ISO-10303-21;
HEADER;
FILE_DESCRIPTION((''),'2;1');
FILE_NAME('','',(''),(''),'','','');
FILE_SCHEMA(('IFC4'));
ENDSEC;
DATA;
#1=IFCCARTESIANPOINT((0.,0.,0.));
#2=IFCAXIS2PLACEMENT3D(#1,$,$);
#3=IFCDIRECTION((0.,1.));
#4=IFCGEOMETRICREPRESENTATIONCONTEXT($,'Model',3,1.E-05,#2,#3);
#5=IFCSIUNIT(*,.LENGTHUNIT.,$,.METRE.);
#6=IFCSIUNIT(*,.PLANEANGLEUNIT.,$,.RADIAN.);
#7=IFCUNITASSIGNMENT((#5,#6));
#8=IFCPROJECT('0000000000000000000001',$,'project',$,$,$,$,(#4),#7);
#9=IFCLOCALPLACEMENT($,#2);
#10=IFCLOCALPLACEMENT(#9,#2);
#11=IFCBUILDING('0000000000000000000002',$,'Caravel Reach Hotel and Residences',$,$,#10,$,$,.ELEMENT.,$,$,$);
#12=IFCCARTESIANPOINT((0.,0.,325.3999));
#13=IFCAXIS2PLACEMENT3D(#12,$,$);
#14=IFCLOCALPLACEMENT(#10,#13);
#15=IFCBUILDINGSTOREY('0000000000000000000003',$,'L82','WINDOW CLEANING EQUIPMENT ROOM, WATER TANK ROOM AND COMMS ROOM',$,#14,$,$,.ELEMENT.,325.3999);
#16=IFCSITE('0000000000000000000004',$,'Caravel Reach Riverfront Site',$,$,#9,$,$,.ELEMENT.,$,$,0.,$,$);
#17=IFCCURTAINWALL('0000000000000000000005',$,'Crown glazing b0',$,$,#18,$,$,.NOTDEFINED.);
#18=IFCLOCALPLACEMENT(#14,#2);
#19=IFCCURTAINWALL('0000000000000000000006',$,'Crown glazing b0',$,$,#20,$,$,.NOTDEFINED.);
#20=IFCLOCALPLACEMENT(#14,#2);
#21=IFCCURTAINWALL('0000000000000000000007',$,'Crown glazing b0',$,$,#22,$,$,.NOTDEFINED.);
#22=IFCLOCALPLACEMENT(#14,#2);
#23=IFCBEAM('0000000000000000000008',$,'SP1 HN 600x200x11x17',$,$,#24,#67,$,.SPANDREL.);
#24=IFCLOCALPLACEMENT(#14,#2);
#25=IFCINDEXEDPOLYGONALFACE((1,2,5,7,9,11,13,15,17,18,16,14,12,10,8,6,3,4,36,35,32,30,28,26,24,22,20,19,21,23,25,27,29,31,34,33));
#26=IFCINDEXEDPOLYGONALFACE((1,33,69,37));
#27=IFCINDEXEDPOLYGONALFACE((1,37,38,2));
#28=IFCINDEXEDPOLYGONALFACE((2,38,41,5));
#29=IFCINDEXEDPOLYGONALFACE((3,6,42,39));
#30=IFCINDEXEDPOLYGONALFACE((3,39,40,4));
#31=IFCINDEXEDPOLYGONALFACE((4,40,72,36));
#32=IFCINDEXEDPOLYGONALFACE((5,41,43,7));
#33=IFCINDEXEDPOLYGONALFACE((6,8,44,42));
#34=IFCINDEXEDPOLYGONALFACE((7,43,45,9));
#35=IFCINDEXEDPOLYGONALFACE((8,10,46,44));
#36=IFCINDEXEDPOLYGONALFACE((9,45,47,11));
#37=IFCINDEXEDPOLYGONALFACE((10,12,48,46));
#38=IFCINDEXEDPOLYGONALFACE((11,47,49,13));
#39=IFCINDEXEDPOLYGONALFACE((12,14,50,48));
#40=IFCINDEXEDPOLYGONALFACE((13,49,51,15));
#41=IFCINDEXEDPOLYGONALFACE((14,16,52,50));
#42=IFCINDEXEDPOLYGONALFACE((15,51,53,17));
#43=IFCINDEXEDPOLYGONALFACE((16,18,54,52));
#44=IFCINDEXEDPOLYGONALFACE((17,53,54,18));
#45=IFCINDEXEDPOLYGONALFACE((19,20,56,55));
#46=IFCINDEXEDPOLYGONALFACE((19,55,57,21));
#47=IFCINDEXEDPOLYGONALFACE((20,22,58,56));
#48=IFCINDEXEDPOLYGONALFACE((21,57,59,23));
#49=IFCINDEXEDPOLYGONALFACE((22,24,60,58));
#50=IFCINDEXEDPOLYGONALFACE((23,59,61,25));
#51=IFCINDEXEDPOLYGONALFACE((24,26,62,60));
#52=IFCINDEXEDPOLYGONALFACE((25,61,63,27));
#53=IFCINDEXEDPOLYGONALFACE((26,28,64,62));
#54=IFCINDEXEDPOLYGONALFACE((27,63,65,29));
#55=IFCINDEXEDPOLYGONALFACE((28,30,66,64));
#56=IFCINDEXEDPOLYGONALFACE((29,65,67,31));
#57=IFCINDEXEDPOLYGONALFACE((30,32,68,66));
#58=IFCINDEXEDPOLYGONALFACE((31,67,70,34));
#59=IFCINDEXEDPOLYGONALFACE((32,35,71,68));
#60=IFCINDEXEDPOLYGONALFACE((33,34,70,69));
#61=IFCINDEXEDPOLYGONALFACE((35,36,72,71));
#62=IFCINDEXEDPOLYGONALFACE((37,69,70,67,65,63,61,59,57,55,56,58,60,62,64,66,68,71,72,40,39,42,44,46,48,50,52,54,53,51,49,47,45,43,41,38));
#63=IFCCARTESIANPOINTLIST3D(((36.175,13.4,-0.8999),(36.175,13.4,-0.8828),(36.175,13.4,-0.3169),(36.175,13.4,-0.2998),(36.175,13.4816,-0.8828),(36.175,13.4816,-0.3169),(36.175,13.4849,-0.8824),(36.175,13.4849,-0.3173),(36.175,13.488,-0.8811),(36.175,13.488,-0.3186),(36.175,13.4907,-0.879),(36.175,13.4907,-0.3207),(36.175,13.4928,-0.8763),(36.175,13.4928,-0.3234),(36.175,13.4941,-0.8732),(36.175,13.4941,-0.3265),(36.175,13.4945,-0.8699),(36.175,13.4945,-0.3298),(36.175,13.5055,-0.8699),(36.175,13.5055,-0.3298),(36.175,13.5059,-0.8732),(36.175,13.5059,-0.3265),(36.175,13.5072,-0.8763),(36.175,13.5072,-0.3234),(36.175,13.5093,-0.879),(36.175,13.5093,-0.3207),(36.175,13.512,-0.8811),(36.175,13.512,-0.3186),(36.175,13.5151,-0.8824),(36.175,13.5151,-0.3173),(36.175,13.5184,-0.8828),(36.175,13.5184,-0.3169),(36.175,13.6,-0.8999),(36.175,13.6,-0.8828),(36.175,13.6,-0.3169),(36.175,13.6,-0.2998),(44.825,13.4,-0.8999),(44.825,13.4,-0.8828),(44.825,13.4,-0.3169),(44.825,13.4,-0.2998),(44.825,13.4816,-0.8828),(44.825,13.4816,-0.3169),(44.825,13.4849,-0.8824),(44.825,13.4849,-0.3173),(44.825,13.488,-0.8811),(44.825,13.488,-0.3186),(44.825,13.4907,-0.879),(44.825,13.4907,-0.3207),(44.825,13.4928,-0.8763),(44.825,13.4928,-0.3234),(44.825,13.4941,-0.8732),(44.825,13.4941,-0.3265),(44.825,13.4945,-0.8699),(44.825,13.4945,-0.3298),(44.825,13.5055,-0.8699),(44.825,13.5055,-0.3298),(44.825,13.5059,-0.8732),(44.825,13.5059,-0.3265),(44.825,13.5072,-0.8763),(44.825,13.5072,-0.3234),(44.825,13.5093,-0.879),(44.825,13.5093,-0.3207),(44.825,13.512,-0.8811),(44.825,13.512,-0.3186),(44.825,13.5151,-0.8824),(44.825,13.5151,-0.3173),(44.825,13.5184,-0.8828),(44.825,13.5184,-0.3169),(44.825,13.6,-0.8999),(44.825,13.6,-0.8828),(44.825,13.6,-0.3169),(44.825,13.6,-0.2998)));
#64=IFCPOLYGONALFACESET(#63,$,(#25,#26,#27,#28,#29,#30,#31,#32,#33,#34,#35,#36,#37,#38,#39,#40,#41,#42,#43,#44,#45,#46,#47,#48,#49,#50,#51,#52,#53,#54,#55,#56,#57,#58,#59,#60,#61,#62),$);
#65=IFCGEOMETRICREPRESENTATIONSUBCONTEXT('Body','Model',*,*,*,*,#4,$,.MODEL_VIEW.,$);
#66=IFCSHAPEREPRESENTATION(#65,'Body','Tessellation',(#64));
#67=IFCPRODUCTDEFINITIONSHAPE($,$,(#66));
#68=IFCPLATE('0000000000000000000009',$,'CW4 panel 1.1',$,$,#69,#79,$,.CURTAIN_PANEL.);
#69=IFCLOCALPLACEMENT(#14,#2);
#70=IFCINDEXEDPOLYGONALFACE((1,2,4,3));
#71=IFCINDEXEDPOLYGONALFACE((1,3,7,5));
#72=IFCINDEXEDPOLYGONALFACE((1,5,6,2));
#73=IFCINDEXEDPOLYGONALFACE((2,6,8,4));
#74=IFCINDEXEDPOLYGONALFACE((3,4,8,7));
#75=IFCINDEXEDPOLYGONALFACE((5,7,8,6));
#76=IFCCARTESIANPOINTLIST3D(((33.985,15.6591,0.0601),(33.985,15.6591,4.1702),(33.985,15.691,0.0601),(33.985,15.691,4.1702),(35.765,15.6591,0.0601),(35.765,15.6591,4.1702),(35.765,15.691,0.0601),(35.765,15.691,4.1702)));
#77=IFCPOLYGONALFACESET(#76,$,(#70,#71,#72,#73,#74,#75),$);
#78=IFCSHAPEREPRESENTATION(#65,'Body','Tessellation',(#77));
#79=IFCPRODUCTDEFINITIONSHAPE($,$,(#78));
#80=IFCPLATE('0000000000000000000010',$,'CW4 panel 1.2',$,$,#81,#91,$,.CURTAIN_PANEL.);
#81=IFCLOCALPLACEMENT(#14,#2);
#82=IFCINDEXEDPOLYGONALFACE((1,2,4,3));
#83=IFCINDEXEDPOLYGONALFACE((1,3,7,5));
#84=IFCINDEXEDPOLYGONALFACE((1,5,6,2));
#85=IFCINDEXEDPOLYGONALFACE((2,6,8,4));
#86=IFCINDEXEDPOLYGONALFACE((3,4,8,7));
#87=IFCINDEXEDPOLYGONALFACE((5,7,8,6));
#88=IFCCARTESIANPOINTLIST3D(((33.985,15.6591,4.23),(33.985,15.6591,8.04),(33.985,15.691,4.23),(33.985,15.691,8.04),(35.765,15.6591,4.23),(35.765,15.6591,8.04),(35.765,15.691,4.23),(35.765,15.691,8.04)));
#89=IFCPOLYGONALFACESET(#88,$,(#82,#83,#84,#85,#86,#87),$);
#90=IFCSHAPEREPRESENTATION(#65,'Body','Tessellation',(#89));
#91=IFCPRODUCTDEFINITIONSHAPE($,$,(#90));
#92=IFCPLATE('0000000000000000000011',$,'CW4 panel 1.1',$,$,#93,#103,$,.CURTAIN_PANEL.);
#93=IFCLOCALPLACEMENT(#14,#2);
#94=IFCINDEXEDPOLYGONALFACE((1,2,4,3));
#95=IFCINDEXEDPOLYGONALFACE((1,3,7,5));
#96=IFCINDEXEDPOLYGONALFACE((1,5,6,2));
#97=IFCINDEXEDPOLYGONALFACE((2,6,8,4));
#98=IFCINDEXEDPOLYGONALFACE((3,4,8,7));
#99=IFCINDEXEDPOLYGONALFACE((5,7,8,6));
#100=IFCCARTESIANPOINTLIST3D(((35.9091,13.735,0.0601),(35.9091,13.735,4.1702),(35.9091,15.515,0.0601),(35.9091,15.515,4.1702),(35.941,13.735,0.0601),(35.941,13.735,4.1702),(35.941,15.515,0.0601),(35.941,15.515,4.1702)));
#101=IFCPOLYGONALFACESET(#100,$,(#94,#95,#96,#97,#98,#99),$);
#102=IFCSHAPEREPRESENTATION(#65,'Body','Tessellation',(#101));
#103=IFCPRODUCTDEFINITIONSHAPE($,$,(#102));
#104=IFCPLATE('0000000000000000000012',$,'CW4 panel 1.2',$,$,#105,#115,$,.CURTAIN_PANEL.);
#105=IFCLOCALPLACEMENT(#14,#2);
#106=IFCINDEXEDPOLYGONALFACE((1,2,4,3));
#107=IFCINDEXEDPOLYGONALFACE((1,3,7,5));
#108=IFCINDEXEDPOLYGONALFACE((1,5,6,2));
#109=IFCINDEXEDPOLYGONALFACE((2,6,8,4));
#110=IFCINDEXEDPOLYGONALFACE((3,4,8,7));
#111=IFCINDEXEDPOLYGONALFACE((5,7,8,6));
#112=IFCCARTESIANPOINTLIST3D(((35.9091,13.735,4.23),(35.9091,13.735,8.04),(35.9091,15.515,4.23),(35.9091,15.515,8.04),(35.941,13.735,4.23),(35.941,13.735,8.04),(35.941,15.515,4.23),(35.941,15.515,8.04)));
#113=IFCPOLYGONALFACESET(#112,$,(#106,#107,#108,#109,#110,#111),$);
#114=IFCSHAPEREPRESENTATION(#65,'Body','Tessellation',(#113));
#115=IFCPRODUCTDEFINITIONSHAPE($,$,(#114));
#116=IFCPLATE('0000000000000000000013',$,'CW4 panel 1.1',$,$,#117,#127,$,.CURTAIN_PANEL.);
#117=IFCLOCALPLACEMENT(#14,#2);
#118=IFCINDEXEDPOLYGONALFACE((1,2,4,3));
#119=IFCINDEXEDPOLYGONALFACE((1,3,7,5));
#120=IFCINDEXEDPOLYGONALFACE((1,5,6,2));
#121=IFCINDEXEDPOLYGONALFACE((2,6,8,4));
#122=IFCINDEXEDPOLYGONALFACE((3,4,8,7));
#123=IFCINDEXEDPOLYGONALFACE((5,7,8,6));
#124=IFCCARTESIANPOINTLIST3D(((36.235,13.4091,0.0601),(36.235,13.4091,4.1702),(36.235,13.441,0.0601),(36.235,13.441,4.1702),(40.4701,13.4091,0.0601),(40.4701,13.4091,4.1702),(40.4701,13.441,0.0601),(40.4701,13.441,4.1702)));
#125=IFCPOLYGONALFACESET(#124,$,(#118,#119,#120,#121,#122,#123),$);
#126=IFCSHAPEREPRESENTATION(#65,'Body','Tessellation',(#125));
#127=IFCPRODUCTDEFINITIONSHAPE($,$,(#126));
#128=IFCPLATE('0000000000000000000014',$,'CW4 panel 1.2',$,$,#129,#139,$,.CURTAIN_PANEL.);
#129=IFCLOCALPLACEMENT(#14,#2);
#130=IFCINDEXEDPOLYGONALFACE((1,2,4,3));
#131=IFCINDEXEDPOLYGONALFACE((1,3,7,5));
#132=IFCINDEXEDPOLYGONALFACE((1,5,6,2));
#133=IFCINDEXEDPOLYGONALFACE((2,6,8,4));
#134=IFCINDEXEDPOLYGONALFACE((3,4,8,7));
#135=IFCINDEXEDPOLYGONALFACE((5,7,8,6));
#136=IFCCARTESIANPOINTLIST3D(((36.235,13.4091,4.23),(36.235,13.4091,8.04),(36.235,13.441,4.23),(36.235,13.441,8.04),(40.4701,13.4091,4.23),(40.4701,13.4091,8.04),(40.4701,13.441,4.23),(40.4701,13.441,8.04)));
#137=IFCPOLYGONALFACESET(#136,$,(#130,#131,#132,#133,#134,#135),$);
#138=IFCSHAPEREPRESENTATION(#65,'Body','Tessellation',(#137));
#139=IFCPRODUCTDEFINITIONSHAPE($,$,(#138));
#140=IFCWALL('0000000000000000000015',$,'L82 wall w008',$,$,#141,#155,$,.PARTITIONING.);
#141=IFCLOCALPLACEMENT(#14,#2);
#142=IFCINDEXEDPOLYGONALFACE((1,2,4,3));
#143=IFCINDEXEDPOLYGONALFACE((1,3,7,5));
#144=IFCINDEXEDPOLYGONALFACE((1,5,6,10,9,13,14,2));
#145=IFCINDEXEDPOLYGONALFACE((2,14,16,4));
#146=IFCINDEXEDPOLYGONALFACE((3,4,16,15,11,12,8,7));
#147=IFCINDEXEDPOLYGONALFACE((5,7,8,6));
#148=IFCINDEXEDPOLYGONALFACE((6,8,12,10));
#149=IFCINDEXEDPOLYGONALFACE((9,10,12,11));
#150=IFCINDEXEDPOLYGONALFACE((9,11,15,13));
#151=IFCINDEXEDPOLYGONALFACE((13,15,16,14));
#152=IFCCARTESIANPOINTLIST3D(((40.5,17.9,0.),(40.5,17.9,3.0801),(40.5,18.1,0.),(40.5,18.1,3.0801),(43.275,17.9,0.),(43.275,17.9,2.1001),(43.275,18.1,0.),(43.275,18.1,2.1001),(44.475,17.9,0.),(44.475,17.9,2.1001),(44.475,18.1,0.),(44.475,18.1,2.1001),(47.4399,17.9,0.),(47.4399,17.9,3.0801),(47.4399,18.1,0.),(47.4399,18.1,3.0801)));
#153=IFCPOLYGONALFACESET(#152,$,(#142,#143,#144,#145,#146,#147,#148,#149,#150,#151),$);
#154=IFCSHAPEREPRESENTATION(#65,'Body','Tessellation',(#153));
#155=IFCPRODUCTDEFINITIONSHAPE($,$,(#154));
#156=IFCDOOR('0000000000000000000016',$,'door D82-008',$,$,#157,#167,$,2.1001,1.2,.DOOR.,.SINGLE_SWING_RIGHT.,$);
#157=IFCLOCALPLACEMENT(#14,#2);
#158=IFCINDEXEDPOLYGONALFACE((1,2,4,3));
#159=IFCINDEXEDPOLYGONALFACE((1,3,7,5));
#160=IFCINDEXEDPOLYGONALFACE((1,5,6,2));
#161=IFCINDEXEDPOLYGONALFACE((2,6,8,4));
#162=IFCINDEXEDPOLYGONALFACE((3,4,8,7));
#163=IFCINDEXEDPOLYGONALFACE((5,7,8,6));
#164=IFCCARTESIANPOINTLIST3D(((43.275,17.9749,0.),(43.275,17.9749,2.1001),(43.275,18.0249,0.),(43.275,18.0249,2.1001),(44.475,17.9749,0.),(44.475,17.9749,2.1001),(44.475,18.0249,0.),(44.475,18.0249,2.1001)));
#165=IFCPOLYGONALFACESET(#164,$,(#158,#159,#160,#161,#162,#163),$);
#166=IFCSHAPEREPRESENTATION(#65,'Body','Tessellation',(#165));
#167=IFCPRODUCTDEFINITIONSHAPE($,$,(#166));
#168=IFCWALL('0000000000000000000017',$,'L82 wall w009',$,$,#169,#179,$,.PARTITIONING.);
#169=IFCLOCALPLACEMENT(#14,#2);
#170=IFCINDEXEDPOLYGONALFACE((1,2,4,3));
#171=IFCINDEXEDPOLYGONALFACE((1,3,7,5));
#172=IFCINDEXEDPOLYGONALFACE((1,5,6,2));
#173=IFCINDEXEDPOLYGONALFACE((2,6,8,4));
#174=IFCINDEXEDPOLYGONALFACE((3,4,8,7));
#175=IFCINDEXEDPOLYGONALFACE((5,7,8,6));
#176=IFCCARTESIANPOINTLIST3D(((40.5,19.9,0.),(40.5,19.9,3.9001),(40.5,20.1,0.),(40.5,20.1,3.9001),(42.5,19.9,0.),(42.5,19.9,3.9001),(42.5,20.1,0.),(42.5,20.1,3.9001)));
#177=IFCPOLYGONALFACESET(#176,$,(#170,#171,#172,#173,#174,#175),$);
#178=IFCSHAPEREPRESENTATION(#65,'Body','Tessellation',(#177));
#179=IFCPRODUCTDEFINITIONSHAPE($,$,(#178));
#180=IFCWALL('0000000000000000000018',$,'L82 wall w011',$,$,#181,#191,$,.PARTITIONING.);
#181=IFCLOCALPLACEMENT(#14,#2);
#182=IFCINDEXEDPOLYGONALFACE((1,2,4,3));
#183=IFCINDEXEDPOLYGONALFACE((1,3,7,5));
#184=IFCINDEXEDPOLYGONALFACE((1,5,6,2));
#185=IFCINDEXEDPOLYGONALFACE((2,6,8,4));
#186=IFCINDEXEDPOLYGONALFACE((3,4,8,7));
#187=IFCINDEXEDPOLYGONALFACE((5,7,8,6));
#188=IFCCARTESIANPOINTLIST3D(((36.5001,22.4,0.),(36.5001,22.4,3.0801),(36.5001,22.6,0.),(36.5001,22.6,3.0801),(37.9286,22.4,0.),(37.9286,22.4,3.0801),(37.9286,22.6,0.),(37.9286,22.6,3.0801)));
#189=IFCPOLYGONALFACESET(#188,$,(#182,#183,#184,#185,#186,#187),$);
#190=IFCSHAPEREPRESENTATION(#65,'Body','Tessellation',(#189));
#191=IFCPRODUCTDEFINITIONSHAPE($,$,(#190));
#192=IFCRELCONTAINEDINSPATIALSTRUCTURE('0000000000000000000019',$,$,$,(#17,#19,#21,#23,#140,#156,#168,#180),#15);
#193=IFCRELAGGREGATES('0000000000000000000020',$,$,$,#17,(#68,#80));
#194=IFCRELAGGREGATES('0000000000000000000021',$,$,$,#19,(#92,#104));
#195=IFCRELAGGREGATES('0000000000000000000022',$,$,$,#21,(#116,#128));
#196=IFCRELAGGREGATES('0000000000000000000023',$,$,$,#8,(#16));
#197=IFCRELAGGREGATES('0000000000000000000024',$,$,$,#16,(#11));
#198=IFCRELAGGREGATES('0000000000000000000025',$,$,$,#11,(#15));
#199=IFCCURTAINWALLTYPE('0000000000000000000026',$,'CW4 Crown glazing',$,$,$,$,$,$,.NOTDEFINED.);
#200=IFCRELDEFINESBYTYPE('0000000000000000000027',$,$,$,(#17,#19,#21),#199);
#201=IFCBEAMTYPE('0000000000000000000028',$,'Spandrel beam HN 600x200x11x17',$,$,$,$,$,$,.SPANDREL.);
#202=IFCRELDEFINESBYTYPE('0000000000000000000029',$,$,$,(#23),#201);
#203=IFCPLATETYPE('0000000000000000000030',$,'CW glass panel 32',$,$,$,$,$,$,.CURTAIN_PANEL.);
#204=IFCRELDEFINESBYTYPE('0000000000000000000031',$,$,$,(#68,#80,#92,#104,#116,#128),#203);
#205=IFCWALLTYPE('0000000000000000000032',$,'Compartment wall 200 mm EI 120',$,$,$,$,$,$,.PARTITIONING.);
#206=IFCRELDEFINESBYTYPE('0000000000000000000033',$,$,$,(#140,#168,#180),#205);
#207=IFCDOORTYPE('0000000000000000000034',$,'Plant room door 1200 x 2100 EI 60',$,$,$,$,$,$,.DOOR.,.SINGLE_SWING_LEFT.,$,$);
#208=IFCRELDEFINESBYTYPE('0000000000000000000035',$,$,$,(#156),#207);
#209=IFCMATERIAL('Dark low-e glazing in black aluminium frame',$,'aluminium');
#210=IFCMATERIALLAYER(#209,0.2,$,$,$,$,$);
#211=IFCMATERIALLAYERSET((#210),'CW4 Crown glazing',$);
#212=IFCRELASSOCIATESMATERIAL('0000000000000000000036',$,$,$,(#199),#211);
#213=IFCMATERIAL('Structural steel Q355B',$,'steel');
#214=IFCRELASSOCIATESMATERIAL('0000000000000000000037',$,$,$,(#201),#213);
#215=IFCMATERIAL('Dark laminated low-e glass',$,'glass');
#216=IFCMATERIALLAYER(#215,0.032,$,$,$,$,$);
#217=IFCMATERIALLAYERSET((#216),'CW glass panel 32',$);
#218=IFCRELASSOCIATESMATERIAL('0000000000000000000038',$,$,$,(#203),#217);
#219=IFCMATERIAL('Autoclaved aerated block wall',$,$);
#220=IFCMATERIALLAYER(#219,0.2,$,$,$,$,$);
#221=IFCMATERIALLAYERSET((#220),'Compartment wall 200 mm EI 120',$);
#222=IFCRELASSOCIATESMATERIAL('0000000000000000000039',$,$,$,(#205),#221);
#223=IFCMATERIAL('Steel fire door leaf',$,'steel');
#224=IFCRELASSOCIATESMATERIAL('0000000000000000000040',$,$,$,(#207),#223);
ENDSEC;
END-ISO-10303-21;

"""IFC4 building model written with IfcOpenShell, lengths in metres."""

from ifc_helpers import new_model, si_unit, direction, frame, frame_2d, origin, origin_2d, place, context, subcontext, project, spatial, rectangle, i_section, extrude, material, layer, layer_set, material_profile, profile_set, type_object, element, fill, aggregate, save


model = new_model("IFC4")

# Units and contexts
model_context = context("Model", 3, precision=1e-05, world=origin(), true_north=direction((0.0, 1.0)))
body_context = subcontext(model_context, "Body", "Model", "MODEL_VIEW")
ifc_project = project(units=[si_unit("LENGTHUNIT", "METRE"), si_unit("PLANEANGLEUNIT", "RADIAN")], contexts=[model_context])

# Site, building, storey
site_placement = place(None, origin())
site = spatial("IfcSite", under=ifc_project, at=site_placement, Name="Caravel Reach Riverfront Site", CompositionType="ELEMENT", RefElevation=0.0)
building_placement = place(site_placement, origin())
building = spatial("IfcBuilding", under=site, at=building_placement, Name="Caravel Reach Hotel and Residences", CompositionType="ELEMENT")
storey_placement = place(building_placement, frame((0.0, 0.0, 325.3999)))
storey = spatial("IfcBuildingStorey", under=building, at=storey_placement, Name="L82", Description="WINDOW CLEANING EQUIPMENT ROOM, WATER TANK ROOM AND COMMS ROOM", CompositionType="ELEMENT", Elevation=325.3999)

# Curtain walls
ifc_material_1 = material(Name="Dark low-e glazing in black aluminium frame", Category="aluminium")
ifc_layer_1 = layer(ifc_material_1, 0.2)
ifc_layer_set_1 = layer_set([ifc_layer_1], Name="CW4 Crown glazing")
curtain_wall_type = type_object("IfcCurtainWallType", Name="CW4 Crown glazing", PredefinedType="NOTDEFINED", material=ifc_layer_set_1)
curtain_wall_1_placement = place(storey_placement, origin())
curtain_wall_1 = element("IfcCurtainWall", 1, at=curtain_wall_1_placement, inside=storey, type_object=curtain_wall_type, Name="Crown glazing b0", PredefinedType="NOTDEFINED")
curtain_wall_2_placement = place(storey_placement, origin())
curtain_wall_2 = element("IfcCurtainWall", 2, at=curtain_wall_2_placement, inside=storey, type_object=curtain_wall_type, Name="Crown glazing b0", PredefinedType="NOTDEFINED")
curtain_wall_3_placement = place(storey_placement, origin())
curtain_wall_3 = element("IfcCurtainWall", 3, at=curtain_wall_3_placement, inside=storey, type_object=curtain_wall_type, Name="Crown glazing b0", PredefinedType="NOTDEFINED")

# Beam
ifc_material_2 = material(Name="Structural steel Q355B", Category="steel")
ifc_material_profile_1 = material_profile(ifc_material_2, i_section(OverallWidth=0.2, OverallDepth=0.6001, WebThickness=0.011, FlangeThickness=0.0171, FilletRadius=0.0129, at=origin_2d()), Name="HN 600x200x11x17")
ifc_profile_set_1 = profile_set([ifc_material_profile_1], Name="Structural steel Q355B")
beam_type_1 = type_object("IfcBeamType", Name="Spandrel beam HN 600x200x11x17", PredefinedType="SPANDREL", material=ifc_profile_set_1)
beam_1_placement = place(storey_placement, frame((36.175, 13.5, -0.5999), z_axis=(1.0, 0.0, 0.0), x_axis=(0.0, 1.0, 0.0)))
element("IfcBeam", 4, at=beam_1_placement, inside=storey, type_object=beam_type_1, Name="SP1 HN 600x200x11x17", PredefinedType="SPANDREL", context=body_context, shape_type="SweptSolid", body=[
    extrude(i_section(OverallWidth=0.2, OverallDepth=0.6001, WebThickness=0.011, FlangeThickness=0.0171, FilletRadius=0.0129, at=origin_2d()), origin(), (0.0, 0.0, 1.0), 8.6499),
])

# Plates
ifc_material_3 = material(Name="Dark laminated low-e glass", Category="glass")
ifc_layer_2 = layer(ifc_material_3, 0.032)
ifc_layer_set_2 = layer_set([ifc_layer_2], Name="CW glass panel 32")
plate_type = type_object("IfcPlateType", Name="CW glass panel 32", PredefinedType="CURTAIN_PANEL", material=ifc_layer_set_2)
plate_1_placement = place(storey_placement, frame((34.875, 15.675, 0.0601), z_axis=(0.0, 0.0, 1.0), x_axis=(1.0, 0.0, 0.0)))
plate_1 = element("IfcPlate", 5, at=plate_1_placement, type_object=plate_type, Name="CW4 panel 1.1", PredefinedType="CURTAIN_PANEL", context=body_context, shape_type="SweptSolid", body=[
    extrude(rectangle(XDim=1.78, YDim=0.032, at=origin_2d()), origin(), (0.0, 0.0, 1.0), 4.1101),
])
plate_2_placement = place(storey_placement, frame((34.875, 15.675, 4.23), z_axis=(0.0, 0.0, 1.0), x_axis=(1.0, 0.0, 0.0)))
plate_2 = element("IfcPlate", 6, at=plate_2_placement, type_object=plate_type, Name="CW4 panel 1.2", PredefinedType="CURTAIN_PANEL", context=body_context, shape_type="SweptSolid", body=[
    extrude(rectangle(XDim=1.78, YDim=0.032, at=origin_2d()), origin(), (0.0, 0.0, 1.0), 3.8101),
])
aggregate(curtain_wall_1, [plate_1, plate_2])
plate_3_placement = place(storey_placement, frame((35.925, 14.625, 0.0601), z_axis=(0.0, 0.0, 1.0), x_axis=(0.0, -1.0, 0.0)))
plate_3 = element("IfcPlate", 7, at=plate_3_placement, type_object=plate_type, Name="CW4 panel 1.1", PredefinedType="CURTAIN_PANEL", context=body_context, shape_type="SweptSolid", body=[
    extrude(rectangle(XDim=1.78, YDim=0.032, at=origin_2d()), origin(), (0.0, 0.0, 1.0), 4.1101),
])
plate_4_placement = place(storey_placement, frame((35.925, 14.625, 4.23), z_axis=(0.0, 0.0, 1.0), x_axis=(0.0, -1.0, 0.0)))
plate_4 = element("IfcPlate", 8, at=plate_4_placement, type_object=plate_type, Name="CW4 panel 1.2", PredefinedType="CURTAIN_PANEL", context=body_context, shape_type="SweptSolid", body=[
    extrude(rectangle(XDim=1.78, YDim=0.032, at=origin_2d()), origin(), (0.0, 0.0, 1.0), 3.8101),
])
aggregate(curtain_wall_2, [plate_3, plate_4])
plate_5_placement = place(storey_placement, frame((38.3525, 13.425, 0.0601), z_axis=(0.0, 0.0, 1.0), x_axis=(1.0, 0.0, 0.0)))
plate_5 = element("IfcPlate", 9, at=plate_5_placement, type_object=plate_type, Name="CW4 panel 1.1", PredefinedType="CURTAIN_PANEL", context=body_context, shape_type="SweptSolid", body=[
    extrude(rectangle(XDim=4.2351, YDim=0.032, at=origin_2d()), origin(), (0.0, 0.0, 1.0), 4.1101),
])
plate_6_placement = place(storey_placement, frame((38.3525, 13.425, 4.23), z_axis=(0.0, 0.0, 1.0), x_axis=(1.0, 0.0, 0.0)))
plate_6 = element("IfcPlate", 10, at=plate_6_placement, type_object=plate_type, Name="CW4 panel 1.2", PredefinedType="CURTAIN_PANEL", context=body_context, shape_type="SweptSolid", body=[
    extrude(rectangle(XDim=4.2351, YDim=0.032, at=origin_2d()), origin(), (0.0, 0.0, 1.0), 3.8101),
])
aggregate(curtain_wall_3, [plate_5, plate_6])

# Wall, opening, door
ifc_material_4 = material(Name="Autoclaved aerated block wall")
ifc_layer_3 = layer(ifc_material_4, 0.2)
ifc_layer_set_3 = layer_set([ifc_layer_3], Name="Compartment wall 200 mm EI 120")
wall_type_1 = type_object("IfcWallType", Name="Compartment wall 200 mm EI 120", PredefinedType="PARTITIONING", material=ifc_layer_set_3)
wall_1_placement = place(storey_placement, frame((40.5, 18.0, 0.0), z_axis=(0.0, 0.0, 1.0), x_axis=(1.0, 0.0, 0.0)))
wall_1 = element("IfcWall", 11, at=wall_1_placement, inside=storey, type_object=wall_type_1, Name="L82 wall w008", PredefinedType="PARTITIONING", context=body_context, shape_type="SweptSolid", body=[
    extrude(rectangle(XDim=6.9399, YDim=0.2, at=frame_2d((3.47, 0.0))), origin(), (0.0, 0.0, 1.0), 3.0801),
])
opening_1_placement = place(wall_1_placement, frame((2.7749, 0.0, 0.0)))
opening_1 = element("IfcOpeningElement", 12, at=opening_1_placement, cuts=wall_1, PredefinedType="OPENING", context=body_context, shape_type="SweptSolid", body=[
    extrude(rectangle(XDim=1.2, YDim=2.1001, at=frame_2d((0.6001, 1.05))), frame((0.0, 0.1099, 0.0), z_axis=(0.0, -1.0, 0.0), x_axis=(1.0, 0.0, 0.0)), (0.0, 0.0, 1.0), 0.22),
])
ifc_material_5 = material(Name="Steel fire door leaf", Category="steel")
door_type_1 = type_object("IfcDoorType", Name="Plant room door 1200 x 2100 EI 60", OperationType="SINGLE_SWING_LEFT", PredefinedType="DOOR", material=ifc_material_5)
door_1_placement = place(opening_1_placement, origin())
door_1 = element("IfcDoor", 13, at=door_1_placement, inside=storey, type_object=door_type_1, Name="door D82-008", OperationType="SINGLE_SWING_RIGHT", OverallHeight=2.1001, OverallWidth=1.2, PredefinedType="DOOR", context=body_context, shape_type="SweptSolid", body=[
    extrude(rectangle(XDim=1.2, YDim=2.1001, at=frame_2d((0.6001, 1.05))), frame((0.0, 0.0249, 0.0), z_axis=(0.0, -1.0, 0.0), x_axis=(1.0, 0.0, 0.0)), (0.0, 0.0, 1.0), 0.05),
])
fill(opening_1, door_1)

# Walls
wall_2_placement = place(storey_placement, frame((40.5, 20.0, 0.0), z_axis=(0.0, 0.0, 1.0), x_axis=(1.0, 0.0, 0.0)))
element("IfcWall", 14, at=wall_2_placement, inside=storey, type_object=wall_type_1, Name="L82 wall w009", PredefinedType="PARTITIONING", context=body_context, shape_type="SweptSolid", body=[
    extrude(rectangle(XDim=2.0, YDim=0.2, at=frame_2d((1.0, 0.0))), origin(), (0.0, 0.0, 1.0), 3.9001),
])
wall_3_placement = place(storey_placement, frame((36.5, 22.5, 0.0), z_axis=(0.0, 0.0, 1.0), x_axis=(1.0, 0.0, 0.0)))
element("IfcWall", 15, at=wall_3_placement, inside=storey, type_object=wall_type_1, Name="L82 wall w011", PredefinedType="PARTITIONING", context=body_context, shape_type="SweptSolid", body=[
    extrude(rectangle(XDim=1.4285, YDim=0.2, at=frame_2d((0.7144, 0.0))), origin(), (0.0, 0.0, 1.0), 3.0801),
])

save(model, "model.ifc")
